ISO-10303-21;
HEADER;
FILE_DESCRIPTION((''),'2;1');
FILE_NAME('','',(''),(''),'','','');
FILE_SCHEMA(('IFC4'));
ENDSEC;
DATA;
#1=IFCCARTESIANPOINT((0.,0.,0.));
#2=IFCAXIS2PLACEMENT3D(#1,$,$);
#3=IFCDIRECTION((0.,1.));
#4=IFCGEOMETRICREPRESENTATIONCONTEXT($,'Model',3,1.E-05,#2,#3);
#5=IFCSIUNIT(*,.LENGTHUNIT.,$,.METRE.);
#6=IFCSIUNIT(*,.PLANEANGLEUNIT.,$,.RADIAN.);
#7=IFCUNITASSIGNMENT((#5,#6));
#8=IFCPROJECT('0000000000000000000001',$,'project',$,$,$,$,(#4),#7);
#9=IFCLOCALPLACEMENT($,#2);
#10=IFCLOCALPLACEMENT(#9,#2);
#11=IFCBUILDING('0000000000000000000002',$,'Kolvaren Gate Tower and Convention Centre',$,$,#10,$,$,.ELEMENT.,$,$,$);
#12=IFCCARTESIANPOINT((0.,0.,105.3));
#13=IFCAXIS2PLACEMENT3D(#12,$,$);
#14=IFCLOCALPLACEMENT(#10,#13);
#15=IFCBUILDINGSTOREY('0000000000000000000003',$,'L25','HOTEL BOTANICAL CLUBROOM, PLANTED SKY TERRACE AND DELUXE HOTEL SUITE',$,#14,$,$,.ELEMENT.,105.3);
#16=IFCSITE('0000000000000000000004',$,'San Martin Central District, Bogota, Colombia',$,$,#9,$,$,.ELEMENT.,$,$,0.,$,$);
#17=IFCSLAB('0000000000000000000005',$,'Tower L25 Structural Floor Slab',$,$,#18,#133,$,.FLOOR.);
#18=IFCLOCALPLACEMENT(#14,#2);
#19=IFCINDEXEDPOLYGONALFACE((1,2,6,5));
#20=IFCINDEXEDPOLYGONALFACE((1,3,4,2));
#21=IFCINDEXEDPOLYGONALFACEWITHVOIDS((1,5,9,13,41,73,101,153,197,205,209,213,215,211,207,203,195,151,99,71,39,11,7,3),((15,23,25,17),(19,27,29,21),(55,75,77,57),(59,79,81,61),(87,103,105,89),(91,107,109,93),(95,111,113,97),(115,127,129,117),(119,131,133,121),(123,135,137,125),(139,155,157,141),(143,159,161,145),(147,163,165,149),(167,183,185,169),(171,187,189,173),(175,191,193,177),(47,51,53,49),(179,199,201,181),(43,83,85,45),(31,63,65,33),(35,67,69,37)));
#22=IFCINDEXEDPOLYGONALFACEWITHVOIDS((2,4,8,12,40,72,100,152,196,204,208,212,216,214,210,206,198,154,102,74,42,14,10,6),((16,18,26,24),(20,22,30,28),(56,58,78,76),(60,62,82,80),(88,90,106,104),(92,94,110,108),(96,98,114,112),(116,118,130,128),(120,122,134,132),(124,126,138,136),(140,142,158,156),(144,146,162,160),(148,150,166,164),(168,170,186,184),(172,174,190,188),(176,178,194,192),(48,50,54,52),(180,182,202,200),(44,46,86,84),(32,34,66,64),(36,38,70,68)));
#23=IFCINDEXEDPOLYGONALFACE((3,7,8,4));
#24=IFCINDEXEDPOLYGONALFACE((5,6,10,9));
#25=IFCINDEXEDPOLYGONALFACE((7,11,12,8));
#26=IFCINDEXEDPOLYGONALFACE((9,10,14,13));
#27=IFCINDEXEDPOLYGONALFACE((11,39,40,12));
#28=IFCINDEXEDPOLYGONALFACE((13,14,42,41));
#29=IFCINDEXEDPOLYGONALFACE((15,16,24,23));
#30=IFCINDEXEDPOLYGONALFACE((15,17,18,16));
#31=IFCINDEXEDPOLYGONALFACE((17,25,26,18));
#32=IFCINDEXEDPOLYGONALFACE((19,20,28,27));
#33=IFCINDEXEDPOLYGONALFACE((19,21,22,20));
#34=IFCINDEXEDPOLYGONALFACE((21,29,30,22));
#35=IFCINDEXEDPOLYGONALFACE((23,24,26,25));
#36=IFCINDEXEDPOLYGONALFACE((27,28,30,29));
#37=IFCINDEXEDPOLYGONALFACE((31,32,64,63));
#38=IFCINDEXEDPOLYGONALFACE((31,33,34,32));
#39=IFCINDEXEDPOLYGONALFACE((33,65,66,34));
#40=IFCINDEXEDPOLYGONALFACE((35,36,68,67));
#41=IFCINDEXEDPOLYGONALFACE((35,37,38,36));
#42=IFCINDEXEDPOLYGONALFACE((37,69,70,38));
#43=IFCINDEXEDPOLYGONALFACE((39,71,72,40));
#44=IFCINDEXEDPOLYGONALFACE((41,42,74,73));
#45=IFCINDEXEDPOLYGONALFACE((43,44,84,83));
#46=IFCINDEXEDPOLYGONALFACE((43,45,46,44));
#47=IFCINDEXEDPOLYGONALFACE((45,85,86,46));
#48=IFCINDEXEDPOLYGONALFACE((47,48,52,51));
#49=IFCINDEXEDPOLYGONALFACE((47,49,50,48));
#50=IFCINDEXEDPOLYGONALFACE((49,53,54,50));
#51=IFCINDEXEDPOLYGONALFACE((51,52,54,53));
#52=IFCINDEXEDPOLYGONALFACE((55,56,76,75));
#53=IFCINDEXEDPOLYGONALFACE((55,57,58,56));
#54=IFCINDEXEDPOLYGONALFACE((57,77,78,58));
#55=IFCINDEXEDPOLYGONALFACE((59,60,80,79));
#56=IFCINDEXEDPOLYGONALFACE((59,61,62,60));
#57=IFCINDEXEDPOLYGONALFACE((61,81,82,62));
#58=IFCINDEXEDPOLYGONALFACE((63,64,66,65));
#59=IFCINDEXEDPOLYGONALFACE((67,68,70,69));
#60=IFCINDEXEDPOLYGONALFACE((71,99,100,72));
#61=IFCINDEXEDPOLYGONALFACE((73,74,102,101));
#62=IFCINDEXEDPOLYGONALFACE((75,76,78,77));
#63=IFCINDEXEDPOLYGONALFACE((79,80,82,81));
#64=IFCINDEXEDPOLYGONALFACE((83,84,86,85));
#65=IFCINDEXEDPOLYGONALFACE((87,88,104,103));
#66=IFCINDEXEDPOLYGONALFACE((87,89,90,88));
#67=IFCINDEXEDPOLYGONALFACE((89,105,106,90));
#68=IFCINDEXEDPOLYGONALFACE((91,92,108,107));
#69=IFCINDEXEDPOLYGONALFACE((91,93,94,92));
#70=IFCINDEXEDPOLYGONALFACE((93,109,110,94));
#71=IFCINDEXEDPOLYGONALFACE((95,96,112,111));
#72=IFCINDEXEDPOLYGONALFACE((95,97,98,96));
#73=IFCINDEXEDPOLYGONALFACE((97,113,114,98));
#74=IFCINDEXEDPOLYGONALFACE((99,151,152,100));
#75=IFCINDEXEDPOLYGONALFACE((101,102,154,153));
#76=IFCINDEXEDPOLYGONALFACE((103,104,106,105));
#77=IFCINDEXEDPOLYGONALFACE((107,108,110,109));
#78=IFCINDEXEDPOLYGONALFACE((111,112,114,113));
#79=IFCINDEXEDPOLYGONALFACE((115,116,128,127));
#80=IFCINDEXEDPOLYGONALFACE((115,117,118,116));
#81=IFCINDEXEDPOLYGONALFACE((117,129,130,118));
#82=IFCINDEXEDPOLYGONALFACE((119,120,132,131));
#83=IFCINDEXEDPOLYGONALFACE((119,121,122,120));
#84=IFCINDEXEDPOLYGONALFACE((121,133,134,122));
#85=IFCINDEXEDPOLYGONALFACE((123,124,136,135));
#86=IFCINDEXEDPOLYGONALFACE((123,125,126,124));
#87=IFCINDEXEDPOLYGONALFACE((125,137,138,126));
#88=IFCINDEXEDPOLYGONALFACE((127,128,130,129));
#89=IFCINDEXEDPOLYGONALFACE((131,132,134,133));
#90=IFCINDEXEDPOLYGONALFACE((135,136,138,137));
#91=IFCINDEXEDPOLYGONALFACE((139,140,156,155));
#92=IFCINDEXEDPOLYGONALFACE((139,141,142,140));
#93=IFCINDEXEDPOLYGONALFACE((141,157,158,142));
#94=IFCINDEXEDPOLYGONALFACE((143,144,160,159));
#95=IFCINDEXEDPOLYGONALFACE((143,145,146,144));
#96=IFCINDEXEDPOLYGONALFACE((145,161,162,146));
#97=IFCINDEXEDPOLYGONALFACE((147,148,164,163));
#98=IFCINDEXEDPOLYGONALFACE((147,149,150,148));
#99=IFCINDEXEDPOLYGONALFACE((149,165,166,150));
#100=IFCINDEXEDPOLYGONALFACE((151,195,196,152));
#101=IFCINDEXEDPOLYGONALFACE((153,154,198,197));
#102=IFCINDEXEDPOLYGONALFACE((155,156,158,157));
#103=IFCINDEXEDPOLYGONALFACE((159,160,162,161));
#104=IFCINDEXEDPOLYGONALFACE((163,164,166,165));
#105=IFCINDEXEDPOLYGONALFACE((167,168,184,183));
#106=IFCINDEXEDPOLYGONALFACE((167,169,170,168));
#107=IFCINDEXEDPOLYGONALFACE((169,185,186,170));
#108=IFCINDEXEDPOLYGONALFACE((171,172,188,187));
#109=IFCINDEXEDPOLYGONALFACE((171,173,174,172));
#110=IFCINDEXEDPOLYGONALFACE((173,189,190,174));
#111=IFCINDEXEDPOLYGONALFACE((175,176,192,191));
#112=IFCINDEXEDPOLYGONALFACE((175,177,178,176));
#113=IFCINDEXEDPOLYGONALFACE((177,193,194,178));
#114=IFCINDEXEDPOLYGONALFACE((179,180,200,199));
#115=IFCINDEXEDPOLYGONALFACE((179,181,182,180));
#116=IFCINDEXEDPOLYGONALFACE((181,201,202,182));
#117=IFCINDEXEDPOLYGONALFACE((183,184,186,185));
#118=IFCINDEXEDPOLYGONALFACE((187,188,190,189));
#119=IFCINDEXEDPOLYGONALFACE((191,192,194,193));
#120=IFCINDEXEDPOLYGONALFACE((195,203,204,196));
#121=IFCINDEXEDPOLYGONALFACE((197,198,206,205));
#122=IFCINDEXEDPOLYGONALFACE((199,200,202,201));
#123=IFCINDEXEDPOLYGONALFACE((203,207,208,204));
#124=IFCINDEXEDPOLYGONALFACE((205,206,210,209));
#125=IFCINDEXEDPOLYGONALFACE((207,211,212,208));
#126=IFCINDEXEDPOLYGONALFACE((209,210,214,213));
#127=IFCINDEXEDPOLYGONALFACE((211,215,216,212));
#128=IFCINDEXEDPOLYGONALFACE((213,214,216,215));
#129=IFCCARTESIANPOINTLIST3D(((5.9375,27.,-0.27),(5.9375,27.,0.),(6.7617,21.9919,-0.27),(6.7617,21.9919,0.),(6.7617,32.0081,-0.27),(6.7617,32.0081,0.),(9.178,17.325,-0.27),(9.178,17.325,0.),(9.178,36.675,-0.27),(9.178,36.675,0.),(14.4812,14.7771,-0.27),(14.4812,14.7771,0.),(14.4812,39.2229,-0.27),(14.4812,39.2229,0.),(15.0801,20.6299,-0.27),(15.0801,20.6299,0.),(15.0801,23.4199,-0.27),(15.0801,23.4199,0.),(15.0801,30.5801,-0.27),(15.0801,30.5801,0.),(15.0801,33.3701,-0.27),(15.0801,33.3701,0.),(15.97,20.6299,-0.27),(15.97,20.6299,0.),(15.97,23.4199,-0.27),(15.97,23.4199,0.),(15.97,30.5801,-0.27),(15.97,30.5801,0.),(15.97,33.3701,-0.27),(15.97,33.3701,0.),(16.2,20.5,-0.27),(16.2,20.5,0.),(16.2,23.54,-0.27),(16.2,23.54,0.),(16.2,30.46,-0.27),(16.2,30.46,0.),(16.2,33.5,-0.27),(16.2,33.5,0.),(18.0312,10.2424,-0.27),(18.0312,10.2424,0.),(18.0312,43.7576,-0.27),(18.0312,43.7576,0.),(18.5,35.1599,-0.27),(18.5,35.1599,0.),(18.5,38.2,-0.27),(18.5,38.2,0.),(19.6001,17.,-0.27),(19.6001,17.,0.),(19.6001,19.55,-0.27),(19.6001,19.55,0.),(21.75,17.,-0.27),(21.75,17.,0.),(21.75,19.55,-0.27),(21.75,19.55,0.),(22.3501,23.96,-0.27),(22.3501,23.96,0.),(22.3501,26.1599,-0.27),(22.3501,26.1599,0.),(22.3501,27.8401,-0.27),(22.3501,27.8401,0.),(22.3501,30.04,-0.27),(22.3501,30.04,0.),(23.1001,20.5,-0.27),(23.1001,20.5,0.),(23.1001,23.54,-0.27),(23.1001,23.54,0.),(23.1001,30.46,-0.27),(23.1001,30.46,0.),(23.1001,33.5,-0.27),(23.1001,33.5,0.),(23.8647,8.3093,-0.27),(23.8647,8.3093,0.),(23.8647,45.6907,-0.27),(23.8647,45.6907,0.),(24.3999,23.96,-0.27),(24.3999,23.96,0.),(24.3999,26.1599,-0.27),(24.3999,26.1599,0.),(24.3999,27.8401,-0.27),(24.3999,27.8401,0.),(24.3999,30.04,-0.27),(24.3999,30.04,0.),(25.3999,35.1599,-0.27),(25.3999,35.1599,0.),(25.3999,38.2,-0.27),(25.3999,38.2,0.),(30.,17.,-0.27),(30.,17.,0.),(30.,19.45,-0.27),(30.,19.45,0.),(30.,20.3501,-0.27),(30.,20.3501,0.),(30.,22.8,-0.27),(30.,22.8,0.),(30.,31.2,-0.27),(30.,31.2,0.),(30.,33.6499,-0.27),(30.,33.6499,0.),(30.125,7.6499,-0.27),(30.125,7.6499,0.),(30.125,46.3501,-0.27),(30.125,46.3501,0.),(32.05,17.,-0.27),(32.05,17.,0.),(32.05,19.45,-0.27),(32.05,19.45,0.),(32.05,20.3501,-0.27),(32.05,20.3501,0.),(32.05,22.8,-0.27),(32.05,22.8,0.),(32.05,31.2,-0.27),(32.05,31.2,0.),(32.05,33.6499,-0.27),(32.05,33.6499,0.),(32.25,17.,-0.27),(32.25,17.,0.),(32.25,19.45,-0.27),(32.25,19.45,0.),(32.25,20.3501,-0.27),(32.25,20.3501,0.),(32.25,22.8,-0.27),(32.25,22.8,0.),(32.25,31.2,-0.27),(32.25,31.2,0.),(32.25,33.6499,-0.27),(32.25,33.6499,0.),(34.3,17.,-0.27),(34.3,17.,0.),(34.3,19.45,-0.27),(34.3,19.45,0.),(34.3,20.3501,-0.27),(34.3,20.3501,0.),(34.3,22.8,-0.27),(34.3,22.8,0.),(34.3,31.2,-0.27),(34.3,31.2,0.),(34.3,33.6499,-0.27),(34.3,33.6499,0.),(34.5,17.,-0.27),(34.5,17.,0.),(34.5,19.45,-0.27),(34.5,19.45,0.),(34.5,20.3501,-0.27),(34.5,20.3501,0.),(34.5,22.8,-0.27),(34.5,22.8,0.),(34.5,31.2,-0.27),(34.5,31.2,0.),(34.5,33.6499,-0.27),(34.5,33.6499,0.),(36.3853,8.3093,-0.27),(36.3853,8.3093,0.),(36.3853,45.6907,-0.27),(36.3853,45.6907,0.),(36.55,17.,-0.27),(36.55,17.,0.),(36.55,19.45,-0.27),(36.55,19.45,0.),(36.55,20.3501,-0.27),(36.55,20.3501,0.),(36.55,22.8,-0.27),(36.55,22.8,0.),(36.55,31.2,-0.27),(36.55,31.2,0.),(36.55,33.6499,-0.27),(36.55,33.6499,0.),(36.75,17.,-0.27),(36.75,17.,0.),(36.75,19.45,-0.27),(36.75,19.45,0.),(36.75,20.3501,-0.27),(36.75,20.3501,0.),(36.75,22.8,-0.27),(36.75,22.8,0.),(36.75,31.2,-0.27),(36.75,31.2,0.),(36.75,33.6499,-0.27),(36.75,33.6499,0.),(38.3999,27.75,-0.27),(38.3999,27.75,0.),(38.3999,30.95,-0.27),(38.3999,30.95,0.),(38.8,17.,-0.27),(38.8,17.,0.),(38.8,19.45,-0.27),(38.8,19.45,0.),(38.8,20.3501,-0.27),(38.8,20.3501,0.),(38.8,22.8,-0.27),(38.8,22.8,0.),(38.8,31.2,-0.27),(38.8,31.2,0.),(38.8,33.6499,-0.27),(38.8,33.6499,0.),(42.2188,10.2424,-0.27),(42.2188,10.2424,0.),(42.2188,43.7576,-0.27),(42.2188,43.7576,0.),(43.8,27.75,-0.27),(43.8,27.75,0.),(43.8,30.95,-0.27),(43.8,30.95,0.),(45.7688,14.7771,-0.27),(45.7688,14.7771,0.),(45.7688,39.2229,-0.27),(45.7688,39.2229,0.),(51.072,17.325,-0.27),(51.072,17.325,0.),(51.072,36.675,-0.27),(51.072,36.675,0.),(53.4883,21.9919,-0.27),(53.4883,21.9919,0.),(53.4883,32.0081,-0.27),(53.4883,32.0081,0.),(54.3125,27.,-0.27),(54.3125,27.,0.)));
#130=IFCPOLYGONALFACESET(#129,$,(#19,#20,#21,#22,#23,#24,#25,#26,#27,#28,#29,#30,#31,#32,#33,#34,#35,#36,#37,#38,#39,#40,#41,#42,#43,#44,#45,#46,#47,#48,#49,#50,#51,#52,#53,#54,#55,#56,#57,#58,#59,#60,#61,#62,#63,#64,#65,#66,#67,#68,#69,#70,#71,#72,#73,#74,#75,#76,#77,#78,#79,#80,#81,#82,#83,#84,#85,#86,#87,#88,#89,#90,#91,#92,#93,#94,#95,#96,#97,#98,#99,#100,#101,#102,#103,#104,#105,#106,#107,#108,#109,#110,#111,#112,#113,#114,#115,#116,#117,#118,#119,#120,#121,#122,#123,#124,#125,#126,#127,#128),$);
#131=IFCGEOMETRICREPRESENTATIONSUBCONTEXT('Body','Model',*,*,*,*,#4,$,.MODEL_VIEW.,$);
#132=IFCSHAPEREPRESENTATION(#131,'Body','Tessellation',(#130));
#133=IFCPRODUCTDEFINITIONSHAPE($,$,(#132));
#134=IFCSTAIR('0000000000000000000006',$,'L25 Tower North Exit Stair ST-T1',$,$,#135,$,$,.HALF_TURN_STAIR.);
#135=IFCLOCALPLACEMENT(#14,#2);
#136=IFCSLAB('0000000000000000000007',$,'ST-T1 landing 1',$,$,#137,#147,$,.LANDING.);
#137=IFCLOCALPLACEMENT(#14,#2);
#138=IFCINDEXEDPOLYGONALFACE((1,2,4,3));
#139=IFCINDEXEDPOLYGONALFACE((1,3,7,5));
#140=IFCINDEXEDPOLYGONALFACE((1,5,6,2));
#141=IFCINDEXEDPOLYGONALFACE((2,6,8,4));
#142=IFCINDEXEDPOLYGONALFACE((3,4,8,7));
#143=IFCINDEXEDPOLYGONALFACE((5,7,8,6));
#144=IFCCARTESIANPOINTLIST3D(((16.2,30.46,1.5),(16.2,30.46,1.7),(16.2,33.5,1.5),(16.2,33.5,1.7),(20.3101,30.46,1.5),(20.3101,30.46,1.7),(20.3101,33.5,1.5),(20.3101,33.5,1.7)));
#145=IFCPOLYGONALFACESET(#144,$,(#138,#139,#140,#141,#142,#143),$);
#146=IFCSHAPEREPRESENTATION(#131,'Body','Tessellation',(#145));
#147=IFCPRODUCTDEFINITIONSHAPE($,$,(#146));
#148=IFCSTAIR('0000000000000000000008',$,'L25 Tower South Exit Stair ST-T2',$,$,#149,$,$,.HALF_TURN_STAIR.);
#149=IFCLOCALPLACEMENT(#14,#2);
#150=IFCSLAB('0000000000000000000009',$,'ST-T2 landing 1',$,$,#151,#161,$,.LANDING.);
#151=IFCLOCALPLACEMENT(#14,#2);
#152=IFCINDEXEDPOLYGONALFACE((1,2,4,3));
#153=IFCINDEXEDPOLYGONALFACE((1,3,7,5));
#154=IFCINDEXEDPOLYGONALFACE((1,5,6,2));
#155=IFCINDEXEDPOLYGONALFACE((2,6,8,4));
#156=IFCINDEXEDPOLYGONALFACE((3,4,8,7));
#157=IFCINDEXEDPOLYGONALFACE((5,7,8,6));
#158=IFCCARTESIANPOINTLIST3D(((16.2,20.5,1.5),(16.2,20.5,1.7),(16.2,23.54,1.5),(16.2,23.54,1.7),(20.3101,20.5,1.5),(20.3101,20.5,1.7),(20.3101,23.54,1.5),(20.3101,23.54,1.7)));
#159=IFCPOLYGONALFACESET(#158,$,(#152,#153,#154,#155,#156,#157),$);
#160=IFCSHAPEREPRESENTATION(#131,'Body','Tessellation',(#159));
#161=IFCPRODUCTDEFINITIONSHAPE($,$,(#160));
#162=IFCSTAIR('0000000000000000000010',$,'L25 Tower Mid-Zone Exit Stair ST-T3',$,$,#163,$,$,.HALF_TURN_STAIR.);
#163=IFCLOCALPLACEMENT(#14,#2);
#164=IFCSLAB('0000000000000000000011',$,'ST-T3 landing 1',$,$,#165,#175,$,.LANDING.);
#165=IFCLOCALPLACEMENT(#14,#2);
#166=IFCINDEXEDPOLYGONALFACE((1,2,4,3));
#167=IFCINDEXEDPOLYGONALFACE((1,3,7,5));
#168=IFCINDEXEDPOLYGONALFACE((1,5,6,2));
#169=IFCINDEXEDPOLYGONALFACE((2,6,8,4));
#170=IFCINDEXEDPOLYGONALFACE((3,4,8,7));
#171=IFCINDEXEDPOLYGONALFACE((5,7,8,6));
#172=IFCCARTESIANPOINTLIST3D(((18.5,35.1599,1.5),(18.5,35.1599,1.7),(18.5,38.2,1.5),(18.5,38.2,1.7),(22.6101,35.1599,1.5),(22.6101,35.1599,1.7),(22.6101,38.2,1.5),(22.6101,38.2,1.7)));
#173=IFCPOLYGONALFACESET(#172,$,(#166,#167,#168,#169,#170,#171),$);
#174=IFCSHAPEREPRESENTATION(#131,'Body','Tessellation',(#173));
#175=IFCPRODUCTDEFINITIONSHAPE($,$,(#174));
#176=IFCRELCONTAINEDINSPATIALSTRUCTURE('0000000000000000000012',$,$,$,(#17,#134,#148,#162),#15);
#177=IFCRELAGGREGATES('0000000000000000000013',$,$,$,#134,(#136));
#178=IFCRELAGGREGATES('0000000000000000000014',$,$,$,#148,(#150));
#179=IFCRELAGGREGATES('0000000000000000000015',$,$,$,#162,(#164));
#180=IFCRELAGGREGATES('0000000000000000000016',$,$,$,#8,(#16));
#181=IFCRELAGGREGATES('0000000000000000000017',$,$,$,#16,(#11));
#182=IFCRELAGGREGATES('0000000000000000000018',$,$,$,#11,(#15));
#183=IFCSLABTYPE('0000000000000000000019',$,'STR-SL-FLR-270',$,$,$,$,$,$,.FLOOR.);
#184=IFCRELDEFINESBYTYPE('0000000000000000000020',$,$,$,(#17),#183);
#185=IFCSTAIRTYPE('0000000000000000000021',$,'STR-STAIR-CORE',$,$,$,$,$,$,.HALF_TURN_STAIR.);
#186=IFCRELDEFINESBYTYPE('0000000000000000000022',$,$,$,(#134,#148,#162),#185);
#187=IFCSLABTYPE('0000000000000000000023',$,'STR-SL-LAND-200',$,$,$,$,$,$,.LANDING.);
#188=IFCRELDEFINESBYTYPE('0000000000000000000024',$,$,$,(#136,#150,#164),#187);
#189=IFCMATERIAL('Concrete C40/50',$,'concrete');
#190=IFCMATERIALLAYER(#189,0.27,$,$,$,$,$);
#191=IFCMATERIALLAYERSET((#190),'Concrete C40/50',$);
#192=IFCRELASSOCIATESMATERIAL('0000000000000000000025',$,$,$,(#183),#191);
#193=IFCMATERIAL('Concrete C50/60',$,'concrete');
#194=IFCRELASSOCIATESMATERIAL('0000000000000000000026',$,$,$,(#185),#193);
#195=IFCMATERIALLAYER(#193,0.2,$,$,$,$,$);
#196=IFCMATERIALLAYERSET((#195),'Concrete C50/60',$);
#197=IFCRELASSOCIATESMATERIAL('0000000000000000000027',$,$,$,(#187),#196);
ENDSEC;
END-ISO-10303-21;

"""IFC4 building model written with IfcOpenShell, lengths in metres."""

from ifc_helpers import new_model, si_unit, direction, frame, origin, place, context, subcontext, project, spatial, polyline, outline, extrude, material, layer, layer_set, type_object, element, aggregate, save


model = new_model("IFC4")

# Units and contexts
model_context = context("Model", 3, precision=1e-05, world=origin(), true_north=direction((0.0, 1.0)))
body_context = subcontext(model_context, "Body", "Model", "MODEL_VIEW")
ifc_project = project(units=[si_unit("LENGTHUNIT", "METRE"), si_unit("PLANEANGLEUNIT", "RADIAN")], contexts=[model_context])

# Site, building, storey
site_placement = place(None, origin())
site = spatial("IfcSite", under=ifc_project, at=site_placement, Name="San Martin Central District, Bogota, Colombia", CompositionType="ELEMENT", RefElevation=0.0)
building_placement = place(site_placement, origin())
building = spatial("IfcBuilding", under=site, at=building_placement, Name="Kolvaren Gate Tower and Convention Centre", CompositionType="ELEMENT")
storey_placement = place(building_placement, frame((0.0, 0.0, 105.3)))
storey = spatial("IfcBuildingStorey", under=building, at=storey_placement, Name="L25", Description="HOTEL BOTANICAL CLUBROOM, PLANTED SKY TERRACE AND DELUXE HOTEL SUITE", CompositionType="ELEMENT", Elevation=105.3)

# Slab
ifc_material_1 = material(Name="Concrete C50/60", Category="concrete")
ifc_material_2 = material(Name="Concrete C40/50", Category="concrete")
ifc_layer_1 = layer(ifc_material_2, 0.27)
ifc_layer_set_1 = layer_set([ifc_layer_1], Name="Concrete C40/50")
slab_type_1 = type_object("IfcSlabType", Name="STR-SL-FLR-270", PredefinedType="FLOOR", material=ifc_layer_set_1)
slab_1_placement = place(storey_placement, frame((0.0, 0.0, -0.27)))
element("IfcSlab", 1, at=slab_1_placement, inside=storey, type_object=slab_type_1, Name="Tower L25 Structural Floor Slab", PredefinedType="FLOOR", context=body_context, shape_type="SweptSolid", body=[
    extrude(outline(polyline([(54.3125, 27.0), (53.4883, 32.0081), (51.072, 36.675), (45.7688, 39.2229), (42.2188, 43.7576), (36.3853, 45.6907), (30.125, 46.3501), (23.8647, 45.6907), (18.0312, 43.7576), (14.4812, 39.2229), (9.178, 36.675), (6.7617, 32.0081), (5.9375, 27.0), (6.7617, 21.9919), (9.178, 17.325), (14.4812, 14.7771), (18.0312, 10.2424), (23.8647, 8.3093), (30.125, 7.6499), (36.3853, 8.3093), (42.2188, 10.2424), (45.7688, 14.7771), (51.072, 17.325), (53.4883, 21.9919), (54.3125, 27.0)]), holes=[polyline([(38.3999, 30.95), (43.8, 30.95), (43.8, 27.75), (38.3999, 27.75), (38.3999, 30.95)]), polyline([(36.75, 33.6499), (38.8, 33.6499), (38.8, 31.2), (36.75, 31.2), (36.75, 33.6499)]), polyline([(36.75, 22.8), (38.8, 22.8), (38.8, 20.3501), (36.75, 20.3501), (36.75, 22.8)]), polyline([(36.75, 19.45), (38.8, 19.45), (38.8, 17.0), (36.75, 17.0), (36.75, 19.45)]), polyline([(34.5, 33.6499), (36.55, 33.6499), (36.55, 31.2), (34.5, 31.2), (34.5, 33.6499)]), polyline([(34.5, 20.3501), (34.5, 22.8), (36.55, 22.8), (36.55, 20.3501), (34.5, 20.3501)]), polyline([(34.5, 17.0), (34.5, 19.45), (36.55, 19.45), (36.55, 17.0), (34.5, 17.0)]), polyline([(32.25, 31.2), (32.25, 33.6499), (34.3, 33.6499), (34.3, 31.2), (32.25, 31.2)]), polyline([(32.25, 22.8), (34.3, 22.8), (34.3, 20.3501), (32.25, 20.3501), (32.25, 22.8)]), polyline([(32.25, 17.0), (32.25, 19.45), (34.3, 19.45), (34.3, 17.0), (32.25, 17.0)]), polyline([(30.0, 33.6499), (32.05, 33.6499), (32.05, 31.2), (30.0, 31.2), (30.0, 33.6499)]), polyline([(30.0, 20.3501), (30.0, 22.8), (32.05, 22.8), (32.05, 20.3501), (30.0, 20.3501)]), polyline([(30.0, 17.0), (30.0, 19.45), (32.05, 19.45), (32.05, 17.0), (30.0, 17.0)]), polyline([(25.3999, 38.2), (25.3999, 35.1599), (18.5, 35.1599), (18.5, 38.2), (25.3999, 38.2)]), polyline([(22.3501, 27.8401), (22.3501, 30.04), (24.3999, 30.04), (24.3999, 27.8401), (22.3501, 27.8401)]), polyline([(22.3501, 23.96), (22.3501, 26.1599), (24.3999, 26.1599), (24.3999, 23.96), (22.3501, 23.96)]), polyline([(23.1001, 30.46), (16.2, 30.46), (16.2, 33.5), (23.1001, 33.5), (23.1001, 30.46)]), polyline([(23.1001, 20.5), (16.2, 20.5), (16.2, 23.54), (23.1001, 23.54), (23.1001, 20.5)]), polyline([(19.6001, 17.0), (19.6001, 19.55), (21.75, 19.55), (21.75, 17.0), (19.6001, 17.0)]), polyline([(15.0801, 23.4199), (15.97, 23.4199), (15.97, 20.6299), (15.0801, 20.6299), (15.0801, 23.4199)]), polyline([(15.0801, 30.5801), (15.0801, 33.3701), (15.97, 33.3701), (15.97, 30.5801), (15.0801, 30.5801)])]), origin(), (0.0, 0.0, 1.0), 0.27),
])

# Stairs, slabs
stair_type = type_object("IfcStairType", Name="STR-STAIR-CORE", PredefinedType="HALF_TURN_STAIR", material=ifc_material_1)
stair_1_placement = place(storey_placement, origin())
stair_1 = element("IfcStair", 2, at=stair_1_placement, inside=storey, type_object=stair_type, Name="L25 Tower North Exit Stair ST-T1", PredefinedType="HALF_TURN_STAIR")
ifc_layer_2 = layer(ifc_material_1, 0.2)
ifc_layer_set_2 = layer_set([ifc_layer_2], Name="Concrete C50/60")
slab_type_2 = type_object("IfcSlabType", Name="STR-SL-LAND-200", PredefinedType="LANDING", material=ifc_layer_set_2)
slab_2_placement = place(storey_placement, frame((0.0, 0.0, 1.5)))
slab_2 = element("IfcSlab", 3, at=slab_2_placement, type_object=slab_type_2, Name="ST-T1 landing 1", PredefinedType="LANDING", context=body_context, shape_type="SweptSolid", body=[
    extrude(outline(polyline([(20.3101, 33.5), (16.2, 33.5), (16.2, 30.46), (20.3101, 30.46), (20.3101, 33.5)])), origin(), (0.0, 0.0, 1.0), 0.2),
])
aggregate(stair_1, [slab_2])
stair_2_placement = place(storey_placement, origin())
stair_2 = element("IfcStair", 4, at=stair_2_placement, inside=storey, type_object=stair_type, Name="L25 Tower South Exit Stair ST-T2", PredefinedType="HALF_TURN_STAIR")
slab_3_placement = place(storey_placement, frame((0.0, 0.0, 1.5)))
slab_3 = element("IfcSlab", 5, at=slab_3_placement, type_object=slab_type_2, Name="ST-T2 landing 1", PredefinedType="LANDING", context=body_context, shape_type="SweptSolid", body=[
    extrude(outline(polyline([(20.3101, 23.54), (16.2, 23.54), (16.2, 20.5), (20.3101, 20.5), (20.3101, 23.54)])), origin(), (0.0, 0.0, 1.0), 0.2),
])
aggregate(stair_2, [slab_3])
stair_3_placement = place(storey_placement, origin())
stair_3 = element("IfcStair", 6, at=stair_3_placement, inside=storey, type_object=stair_type, Name="L25 Tower Mid-Zone Exit Stair ST-T3", PredefinedType="HALF_TURN_STAIR")
slab_4_placement = place(storey_placement, frame((0.0, 0.0, 1.5)))
slab_4 = element("IfcSlab", 7, at=slab_4_placement, type_object=slab_type_2, Name="ST-T3 landing 1", PredefinedType="LANDING", context=body_context, shape_type="SweptSolid", body=[
    extrude(outline(polyline([(22.6101, 38.2), (18.5, 38.2), (18.5, 35.1599), (22.6101, 35.1599), (22.6101, 38.2)])), origin(), (0.0, 0.0, 1.0), 0.2),
])
aggregate(stair_3, [slab_4])

save(model, "model.ifc")
